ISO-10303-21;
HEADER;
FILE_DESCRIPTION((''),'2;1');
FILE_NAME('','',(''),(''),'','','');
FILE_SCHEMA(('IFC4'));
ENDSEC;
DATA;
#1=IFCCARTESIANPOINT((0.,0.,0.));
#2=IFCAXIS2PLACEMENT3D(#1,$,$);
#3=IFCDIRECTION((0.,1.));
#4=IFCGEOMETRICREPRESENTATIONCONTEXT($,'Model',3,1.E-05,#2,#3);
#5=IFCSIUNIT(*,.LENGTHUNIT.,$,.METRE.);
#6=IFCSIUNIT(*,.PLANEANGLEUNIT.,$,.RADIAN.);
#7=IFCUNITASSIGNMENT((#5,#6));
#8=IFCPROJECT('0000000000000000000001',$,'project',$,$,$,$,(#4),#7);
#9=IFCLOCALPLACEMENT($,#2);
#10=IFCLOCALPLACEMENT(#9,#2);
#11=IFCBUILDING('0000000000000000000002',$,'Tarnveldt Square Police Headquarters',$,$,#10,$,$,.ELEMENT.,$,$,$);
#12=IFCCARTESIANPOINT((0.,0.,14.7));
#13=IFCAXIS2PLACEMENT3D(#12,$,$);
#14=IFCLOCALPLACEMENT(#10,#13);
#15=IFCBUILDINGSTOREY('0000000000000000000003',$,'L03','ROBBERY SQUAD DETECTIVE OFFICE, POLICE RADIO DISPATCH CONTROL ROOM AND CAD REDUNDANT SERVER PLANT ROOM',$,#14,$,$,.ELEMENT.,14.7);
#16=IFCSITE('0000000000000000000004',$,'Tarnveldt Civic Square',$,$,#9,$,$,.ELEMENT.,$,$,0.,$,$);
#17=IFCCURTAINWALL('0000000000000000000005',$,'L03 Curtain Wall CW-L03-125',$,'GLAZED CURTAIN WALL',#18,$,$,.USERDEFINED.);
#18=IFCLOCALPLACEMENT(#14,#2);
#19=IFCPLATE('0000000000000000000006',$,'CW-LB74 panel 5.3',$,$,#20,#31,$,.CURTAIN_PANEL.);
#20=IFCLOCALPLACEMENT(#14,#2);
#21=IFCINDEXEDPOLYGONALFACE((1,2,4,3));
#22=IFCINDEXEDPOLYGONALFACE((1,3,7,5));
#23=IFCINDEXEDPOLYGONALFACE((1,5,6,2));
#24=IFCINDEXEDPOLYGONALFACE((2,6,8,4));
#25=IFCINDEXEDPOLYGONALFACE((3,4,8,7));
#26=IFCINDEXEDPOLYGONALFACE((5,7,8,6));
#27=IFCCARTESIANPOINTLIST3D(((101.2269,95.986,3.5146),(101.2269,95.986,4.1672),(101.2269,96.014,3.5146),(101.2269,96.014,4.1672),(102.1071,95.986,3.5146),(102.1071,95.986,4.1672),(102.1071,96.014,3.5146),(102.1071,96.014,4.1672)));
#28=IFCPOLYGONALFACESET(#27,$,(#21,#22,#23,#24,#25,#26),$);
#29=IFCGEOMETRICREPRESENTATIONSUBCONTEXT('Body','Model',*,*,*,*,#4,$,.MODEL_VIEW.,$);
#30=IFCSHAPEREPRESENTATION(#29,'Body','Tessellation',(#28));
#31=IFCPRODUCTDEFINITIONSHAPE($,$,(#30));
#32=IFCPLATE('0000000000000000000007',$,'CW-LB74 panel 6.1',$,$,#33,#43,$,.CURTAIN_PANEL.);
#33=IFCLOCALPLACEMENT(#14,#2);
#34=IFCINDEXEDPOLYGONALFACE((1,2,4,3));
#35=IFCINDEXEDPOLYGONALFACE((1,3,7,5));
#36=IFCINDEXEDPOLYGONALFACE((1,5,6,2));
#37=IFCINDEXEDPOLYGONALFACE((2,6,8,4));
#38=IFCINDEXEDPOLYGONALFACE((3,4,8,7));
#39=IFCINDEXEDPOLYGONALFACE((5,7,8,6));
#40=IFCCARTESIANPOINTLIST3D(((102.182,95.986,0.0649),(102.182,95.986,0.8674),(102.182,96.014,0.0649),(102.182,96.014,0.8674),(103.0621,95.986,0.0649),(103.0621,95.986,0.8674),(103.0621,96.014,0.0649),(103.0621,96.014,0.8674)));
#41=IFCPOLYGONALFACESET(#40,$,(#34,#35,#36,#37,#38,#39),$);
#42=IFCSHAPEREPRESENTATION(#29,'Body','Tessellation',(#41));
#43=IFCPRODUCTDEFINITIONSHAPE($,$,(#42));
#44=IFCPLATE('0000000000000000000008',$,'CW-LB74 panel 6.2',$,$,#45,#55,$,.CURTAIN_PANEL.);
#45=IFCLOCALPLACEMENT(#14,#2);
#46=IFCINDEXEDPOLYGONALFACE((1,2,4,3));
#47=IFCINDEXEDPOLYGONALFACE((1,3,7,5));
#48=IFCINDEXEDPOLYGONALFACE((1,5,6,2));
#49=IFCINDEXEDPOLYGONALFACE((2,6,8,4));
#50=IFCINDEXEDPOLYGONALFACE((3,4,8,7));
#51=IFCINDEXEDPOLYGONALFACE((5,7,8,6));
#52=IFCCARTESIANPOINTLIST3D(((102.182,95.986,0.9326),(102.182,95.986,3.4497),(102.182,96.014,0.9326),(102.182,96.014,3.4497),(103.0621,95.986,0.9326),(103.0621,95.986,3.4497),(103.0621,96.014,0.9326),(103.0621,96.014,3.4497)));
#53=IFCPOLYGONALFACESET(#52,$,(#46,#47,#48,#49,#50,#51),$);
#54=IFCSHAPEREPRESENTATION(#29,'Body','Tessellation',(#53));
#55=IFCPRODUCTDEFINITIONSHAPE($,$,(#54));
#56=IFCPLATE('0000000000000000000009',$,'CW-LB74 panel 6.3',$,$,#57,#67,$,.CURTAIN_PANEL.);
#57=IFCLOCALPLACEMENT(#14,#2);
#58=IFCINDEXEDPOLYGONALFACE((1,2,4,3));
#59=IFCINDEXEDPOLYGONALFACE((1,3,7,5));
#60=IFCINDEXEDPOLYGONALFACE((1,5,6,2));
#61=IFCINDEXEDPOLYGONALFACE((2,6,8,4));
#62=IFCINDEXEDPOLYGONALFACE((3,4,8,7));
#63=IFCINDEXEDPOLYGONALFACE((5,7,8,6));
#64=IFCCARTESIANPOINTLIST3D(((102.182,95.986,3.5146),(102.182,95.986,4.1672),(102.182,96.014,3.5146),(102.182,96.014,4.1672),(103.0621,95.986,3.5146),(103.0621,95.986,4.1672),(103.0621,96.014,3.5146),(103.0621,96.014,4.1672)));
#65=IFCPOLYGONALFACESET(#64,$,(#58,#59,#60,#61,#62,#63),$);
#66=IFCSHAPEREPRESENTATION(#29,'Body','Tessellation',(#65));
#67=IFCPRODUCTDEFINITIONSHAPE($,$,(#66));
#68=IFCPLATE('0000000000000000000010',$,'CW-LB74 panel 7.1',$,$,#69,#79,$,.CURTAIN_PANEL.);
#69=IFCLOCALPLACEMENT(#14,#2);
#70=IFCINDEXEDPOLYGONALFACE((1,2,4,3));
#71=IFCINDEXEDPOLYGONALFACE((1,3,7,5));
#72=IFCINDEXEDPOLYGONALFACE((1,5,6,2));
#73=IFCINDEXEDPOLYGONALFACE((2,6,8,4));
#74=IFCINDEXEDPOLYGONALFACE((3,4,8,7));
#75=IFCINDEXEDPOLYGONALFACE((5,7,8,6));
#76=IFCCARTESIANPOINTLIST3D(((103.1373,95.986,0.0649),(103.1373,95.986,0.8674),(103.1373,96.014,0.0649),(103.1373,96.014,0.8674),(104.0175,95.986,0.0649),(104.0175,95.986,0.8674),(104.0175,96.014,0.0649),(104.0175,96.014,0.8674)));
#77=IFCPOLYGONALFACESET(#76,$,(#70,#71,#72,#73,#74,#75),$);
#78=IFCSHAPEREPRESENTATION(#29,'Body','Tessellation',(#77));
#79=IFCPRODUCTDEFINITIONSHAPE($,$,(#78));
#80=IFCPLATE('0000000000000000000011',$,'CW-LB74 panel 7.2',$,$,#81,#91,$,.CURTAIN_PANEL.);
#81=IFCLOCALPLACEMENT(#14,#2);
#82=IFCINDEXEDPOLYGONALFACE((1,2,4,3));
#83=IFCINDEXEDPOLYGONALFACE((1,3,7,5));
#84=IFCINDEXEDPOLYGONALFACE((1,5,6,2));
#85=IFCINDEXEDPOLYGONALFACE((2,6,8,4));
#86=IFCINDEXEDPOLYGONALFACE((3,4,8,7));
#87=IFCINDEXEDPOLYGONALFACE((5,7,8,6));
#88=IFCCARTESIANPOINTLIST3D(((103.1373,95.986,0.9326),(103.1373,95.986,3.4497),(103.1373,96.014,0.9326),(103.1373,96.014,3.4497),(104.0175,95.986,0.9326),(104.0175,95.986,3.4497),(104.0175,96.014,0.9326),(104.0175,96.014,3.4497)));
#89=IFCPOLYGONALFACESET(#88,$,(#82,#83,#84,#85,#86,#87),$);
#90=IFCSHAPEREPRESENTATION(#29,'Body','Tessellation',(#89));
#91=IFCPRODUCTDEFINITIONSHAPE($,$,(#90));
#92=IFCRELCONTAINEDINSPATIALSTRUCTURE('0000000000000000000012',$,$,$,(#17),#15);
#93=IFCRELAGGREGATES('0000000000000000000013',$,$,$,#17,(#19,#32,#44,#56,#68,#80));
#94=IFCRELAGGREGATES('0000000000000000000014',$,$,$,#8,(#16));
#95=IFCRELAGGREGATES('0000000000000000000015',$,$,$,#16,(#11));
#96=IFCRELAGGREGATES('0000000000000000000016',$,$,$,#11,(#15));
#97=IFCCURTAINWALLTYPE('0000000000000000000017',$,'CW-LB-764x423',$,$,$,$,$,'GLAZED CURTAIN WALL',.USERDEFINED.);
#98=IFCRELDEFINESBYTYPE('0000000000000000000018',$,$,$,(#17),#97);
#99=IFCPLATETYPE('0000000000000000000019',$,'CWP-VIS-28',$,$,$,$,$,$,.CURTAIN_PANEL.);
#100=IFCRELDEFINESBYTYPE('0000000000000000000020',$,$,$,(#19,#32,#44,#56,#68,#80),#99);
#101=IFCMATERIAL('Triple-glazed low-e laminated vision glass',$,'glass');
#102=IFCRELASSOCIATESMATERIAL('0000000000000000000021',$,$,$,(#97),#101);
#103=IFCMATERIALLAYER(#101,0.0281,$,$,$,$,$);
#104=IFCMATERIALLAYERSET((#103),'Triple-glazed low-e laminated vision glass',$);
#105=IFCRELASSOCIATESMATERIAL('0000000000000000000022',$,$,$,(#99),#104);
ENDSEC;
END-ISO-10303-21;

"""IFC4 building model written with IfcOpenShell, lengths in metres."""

from ifc_helpers import new_model, si_unit, direction, frame, origin, origin_2d, place, context, subcontext, project, spatial, rectangle, extrude, material, layer, layer_set, type_object, element, aggregate, save


model = new_model("IFC4")

# Units and contexts
model_context = context("Model", 3, precision=1e-05, world=origin(), true_north=direction((0.0, 1.0)))
body_context = subcontext(model_context, "Body", "Model", "MODEL_VIEW")
ifc_project = project(units=[si_unit("LENGTHUNIT", "METRE"), si_unit("PLANEANGLEUNIT", "RADIAN")], contexts=[model_context])

# Site, building, storey
site_placement = place(None, origin())
site = spatial("IfcSite", under=ifc_project, at=site_placement, Name="Tarnveldt Civic Square", CompositionType="ELEMENT", RefElevation=0.0)
building_placement = place(site_placement, origin())
building = spatial("IfcBuilding", under=site, at=building_placement, Name="Tarnveldt Square Police Headquarters", CompositionType="ELEMENT")
storey_placement = place(building_placement, frame((0.0, 0.0, 14.7)))
storey = spatial("IfcBuildingStorey", under=building, at=storey_placement, Name="L03", Description="ROBBERY SQUAD DETECTIVE OFFICE, POLICE RADIO DISPATCH CONTROL ROOM AND CAD REDUNDANT SERVER PLANT ROOM", CompositionType="ELEMENT", Elevation=14.7)

# Curtain wall, plates
ifc_material_1 = material(Name="Triple-glazed low-e laminated vision glass", Category="glass")
curtain_wall_type = type_object("IfcCurtainWallType", Name="CW-LB-764x423", ElementType="GLAZED CURTAIN WALL", PredefinedType="USERDEFINED", material=ifc_material_1)
curtain_wall_placement = place(storey_placement, origin())
curtain_wall = element("IfcCurtainWall", 1, at=curtain_wall_placement, inside=storey, type_object=curtain_wall_type, Name="L03 Curtain Wall CW-L03-125", ObjectType="GLAZED CURTAIN WALL", PredefinedType="USERDEFINED")
ifc_layer = layer(ifc_material_1, 0.0281)
ifc_layer_set = layer_set([ifc_layer], Name="Triple-glazed low-e laminated vision glass")
plate_type = type_object("IfcPlateType", Name="CWP-VIS-28", PredefinedType="CURTAIN_PANEL", material=ifc_layer_set)
plate_1_placement = place(storey_placement, frame((101.667, 96.0, 3.5146), z_axis=(0.0, 0.0, 1.0), x_axis=(1.0, 0.0, 0.0)))
plate_1 = element("IfcPlate", 2, at=plate_1_placement, type_object=plate_type, Name="CW-LB74 panel 5.3", PredefinedType="CURTAIN_PANEL", context=body_context, shape_type="SweptSolid", body=[
    extrude(rectangle(XDim=0.8801, YDim=0.0281, at=origin_2d()), origin(), (0.0, 0.0, 1.0), 0.6526),
])
plate_2_placement = place(storey_placement, frame((102.6221, 96.0, 0.0649), z_axis=(0.0, 0.0, 1.0), x_axis=(1.0, 0.0, 0.0)))
plate_2 = element("IfcPlate", 3, at=plate_2_placement, type_object=plate_type, Name="CW-LB74 panel 6.1", PredefinedType="CURTAIN_PANEL", context=body_context, shape_type="SweptSolid", body=[
    extrude(rectangle(XDim=0.8801, YDim=0.0281, at=origin_2d()), origin(), (0.0, 0.0, 1.0), 0.8025),
])
plate_3_placement = place(storey_placement, frame((102.6221, 96.0, 0.9326), z_axis=(0.0, 0.0, 1.0), x_axis=(1.0, 0.0, 0.0)))
plate_3 = element("IfcPlate", 4, at=plate_3_placement, type_object=plate_type, Name="CW-LB74 panel 6.2", PredefinedType="CURTAIN_PANEL", context=body_context, shape_type="SweptSolid", body=[
    extrude(rectangle(XDim=0.8801, YDim=0.0281, at=origin_2d()), origin(), (0.0, 0.0, 1.0), 2.5171),
])
plate_4_placement = place(storey_placement, frame((102.6221, 96.0, 3.5146), z_axis=(0.0, 0.0, 1.0), x_axis=(1.0, 0.0, 0.0)))
plate_4 = element("IfcPlate", 5, at=plate_4_placement, type_object=plate_type, Name="CW-LB74 panel 6.3", PredefinedType="CURTAIN_PANEL", context=body_context, shape_type="SweptSolid", body=[
    extrude(rectangle(XDim=0.8801, YDim=0.0281, at=origin_2d()), origin(), (0.0, 0.0, 1.0), 0.6526),
])
plate_5_placement = place(storey_placement, frame((103.5774, 96.0, 0.0649), z_axis=(0.0, 0.0, 1.0), x_axis=(1.0, 0.0, 0.0)))
plate_5 = element("IfcPlate", 6, at=plate_5_placement, type_object=plate_type, Name="CW-LB74 panel 7.1", PredefinedType="CURTAIN_PANEL", context=body_context, shape_type="SweptSolid", body=[
    extrude(rectangle(XDim=0.8801, YDim=0.0281, at=origin_2d()), origin(), (0.0, 0.0, 1.0), 0.8025),
])
plate_6_placement = place(storey_placement, frame((103.5774, 96.0, 0.9326), z_axis=(0.0, 0.0, 1.0), x_axis=(1.0, 0.0, 0.0)))
plate_6 = element("IfcPlate", 7, at=plate_6_placement, type_object=plate_type, Name="CW-LB74 panel 7.2", PredefinedType="CURTAIN_PANEL", context=body_context, shape_type="SweptSolid", body=[
    extrude(rectangle(XDim=0.8801, YDim=0.0281, at=origin_2d()), origin(), (0.0, 0.0, 1.0), 2.5171),
])
aggregate(curtain_wall, [plate_1, plate_2, plate_3, plate_4, plate_5, plate_6])

save(model, "model.ifc")
